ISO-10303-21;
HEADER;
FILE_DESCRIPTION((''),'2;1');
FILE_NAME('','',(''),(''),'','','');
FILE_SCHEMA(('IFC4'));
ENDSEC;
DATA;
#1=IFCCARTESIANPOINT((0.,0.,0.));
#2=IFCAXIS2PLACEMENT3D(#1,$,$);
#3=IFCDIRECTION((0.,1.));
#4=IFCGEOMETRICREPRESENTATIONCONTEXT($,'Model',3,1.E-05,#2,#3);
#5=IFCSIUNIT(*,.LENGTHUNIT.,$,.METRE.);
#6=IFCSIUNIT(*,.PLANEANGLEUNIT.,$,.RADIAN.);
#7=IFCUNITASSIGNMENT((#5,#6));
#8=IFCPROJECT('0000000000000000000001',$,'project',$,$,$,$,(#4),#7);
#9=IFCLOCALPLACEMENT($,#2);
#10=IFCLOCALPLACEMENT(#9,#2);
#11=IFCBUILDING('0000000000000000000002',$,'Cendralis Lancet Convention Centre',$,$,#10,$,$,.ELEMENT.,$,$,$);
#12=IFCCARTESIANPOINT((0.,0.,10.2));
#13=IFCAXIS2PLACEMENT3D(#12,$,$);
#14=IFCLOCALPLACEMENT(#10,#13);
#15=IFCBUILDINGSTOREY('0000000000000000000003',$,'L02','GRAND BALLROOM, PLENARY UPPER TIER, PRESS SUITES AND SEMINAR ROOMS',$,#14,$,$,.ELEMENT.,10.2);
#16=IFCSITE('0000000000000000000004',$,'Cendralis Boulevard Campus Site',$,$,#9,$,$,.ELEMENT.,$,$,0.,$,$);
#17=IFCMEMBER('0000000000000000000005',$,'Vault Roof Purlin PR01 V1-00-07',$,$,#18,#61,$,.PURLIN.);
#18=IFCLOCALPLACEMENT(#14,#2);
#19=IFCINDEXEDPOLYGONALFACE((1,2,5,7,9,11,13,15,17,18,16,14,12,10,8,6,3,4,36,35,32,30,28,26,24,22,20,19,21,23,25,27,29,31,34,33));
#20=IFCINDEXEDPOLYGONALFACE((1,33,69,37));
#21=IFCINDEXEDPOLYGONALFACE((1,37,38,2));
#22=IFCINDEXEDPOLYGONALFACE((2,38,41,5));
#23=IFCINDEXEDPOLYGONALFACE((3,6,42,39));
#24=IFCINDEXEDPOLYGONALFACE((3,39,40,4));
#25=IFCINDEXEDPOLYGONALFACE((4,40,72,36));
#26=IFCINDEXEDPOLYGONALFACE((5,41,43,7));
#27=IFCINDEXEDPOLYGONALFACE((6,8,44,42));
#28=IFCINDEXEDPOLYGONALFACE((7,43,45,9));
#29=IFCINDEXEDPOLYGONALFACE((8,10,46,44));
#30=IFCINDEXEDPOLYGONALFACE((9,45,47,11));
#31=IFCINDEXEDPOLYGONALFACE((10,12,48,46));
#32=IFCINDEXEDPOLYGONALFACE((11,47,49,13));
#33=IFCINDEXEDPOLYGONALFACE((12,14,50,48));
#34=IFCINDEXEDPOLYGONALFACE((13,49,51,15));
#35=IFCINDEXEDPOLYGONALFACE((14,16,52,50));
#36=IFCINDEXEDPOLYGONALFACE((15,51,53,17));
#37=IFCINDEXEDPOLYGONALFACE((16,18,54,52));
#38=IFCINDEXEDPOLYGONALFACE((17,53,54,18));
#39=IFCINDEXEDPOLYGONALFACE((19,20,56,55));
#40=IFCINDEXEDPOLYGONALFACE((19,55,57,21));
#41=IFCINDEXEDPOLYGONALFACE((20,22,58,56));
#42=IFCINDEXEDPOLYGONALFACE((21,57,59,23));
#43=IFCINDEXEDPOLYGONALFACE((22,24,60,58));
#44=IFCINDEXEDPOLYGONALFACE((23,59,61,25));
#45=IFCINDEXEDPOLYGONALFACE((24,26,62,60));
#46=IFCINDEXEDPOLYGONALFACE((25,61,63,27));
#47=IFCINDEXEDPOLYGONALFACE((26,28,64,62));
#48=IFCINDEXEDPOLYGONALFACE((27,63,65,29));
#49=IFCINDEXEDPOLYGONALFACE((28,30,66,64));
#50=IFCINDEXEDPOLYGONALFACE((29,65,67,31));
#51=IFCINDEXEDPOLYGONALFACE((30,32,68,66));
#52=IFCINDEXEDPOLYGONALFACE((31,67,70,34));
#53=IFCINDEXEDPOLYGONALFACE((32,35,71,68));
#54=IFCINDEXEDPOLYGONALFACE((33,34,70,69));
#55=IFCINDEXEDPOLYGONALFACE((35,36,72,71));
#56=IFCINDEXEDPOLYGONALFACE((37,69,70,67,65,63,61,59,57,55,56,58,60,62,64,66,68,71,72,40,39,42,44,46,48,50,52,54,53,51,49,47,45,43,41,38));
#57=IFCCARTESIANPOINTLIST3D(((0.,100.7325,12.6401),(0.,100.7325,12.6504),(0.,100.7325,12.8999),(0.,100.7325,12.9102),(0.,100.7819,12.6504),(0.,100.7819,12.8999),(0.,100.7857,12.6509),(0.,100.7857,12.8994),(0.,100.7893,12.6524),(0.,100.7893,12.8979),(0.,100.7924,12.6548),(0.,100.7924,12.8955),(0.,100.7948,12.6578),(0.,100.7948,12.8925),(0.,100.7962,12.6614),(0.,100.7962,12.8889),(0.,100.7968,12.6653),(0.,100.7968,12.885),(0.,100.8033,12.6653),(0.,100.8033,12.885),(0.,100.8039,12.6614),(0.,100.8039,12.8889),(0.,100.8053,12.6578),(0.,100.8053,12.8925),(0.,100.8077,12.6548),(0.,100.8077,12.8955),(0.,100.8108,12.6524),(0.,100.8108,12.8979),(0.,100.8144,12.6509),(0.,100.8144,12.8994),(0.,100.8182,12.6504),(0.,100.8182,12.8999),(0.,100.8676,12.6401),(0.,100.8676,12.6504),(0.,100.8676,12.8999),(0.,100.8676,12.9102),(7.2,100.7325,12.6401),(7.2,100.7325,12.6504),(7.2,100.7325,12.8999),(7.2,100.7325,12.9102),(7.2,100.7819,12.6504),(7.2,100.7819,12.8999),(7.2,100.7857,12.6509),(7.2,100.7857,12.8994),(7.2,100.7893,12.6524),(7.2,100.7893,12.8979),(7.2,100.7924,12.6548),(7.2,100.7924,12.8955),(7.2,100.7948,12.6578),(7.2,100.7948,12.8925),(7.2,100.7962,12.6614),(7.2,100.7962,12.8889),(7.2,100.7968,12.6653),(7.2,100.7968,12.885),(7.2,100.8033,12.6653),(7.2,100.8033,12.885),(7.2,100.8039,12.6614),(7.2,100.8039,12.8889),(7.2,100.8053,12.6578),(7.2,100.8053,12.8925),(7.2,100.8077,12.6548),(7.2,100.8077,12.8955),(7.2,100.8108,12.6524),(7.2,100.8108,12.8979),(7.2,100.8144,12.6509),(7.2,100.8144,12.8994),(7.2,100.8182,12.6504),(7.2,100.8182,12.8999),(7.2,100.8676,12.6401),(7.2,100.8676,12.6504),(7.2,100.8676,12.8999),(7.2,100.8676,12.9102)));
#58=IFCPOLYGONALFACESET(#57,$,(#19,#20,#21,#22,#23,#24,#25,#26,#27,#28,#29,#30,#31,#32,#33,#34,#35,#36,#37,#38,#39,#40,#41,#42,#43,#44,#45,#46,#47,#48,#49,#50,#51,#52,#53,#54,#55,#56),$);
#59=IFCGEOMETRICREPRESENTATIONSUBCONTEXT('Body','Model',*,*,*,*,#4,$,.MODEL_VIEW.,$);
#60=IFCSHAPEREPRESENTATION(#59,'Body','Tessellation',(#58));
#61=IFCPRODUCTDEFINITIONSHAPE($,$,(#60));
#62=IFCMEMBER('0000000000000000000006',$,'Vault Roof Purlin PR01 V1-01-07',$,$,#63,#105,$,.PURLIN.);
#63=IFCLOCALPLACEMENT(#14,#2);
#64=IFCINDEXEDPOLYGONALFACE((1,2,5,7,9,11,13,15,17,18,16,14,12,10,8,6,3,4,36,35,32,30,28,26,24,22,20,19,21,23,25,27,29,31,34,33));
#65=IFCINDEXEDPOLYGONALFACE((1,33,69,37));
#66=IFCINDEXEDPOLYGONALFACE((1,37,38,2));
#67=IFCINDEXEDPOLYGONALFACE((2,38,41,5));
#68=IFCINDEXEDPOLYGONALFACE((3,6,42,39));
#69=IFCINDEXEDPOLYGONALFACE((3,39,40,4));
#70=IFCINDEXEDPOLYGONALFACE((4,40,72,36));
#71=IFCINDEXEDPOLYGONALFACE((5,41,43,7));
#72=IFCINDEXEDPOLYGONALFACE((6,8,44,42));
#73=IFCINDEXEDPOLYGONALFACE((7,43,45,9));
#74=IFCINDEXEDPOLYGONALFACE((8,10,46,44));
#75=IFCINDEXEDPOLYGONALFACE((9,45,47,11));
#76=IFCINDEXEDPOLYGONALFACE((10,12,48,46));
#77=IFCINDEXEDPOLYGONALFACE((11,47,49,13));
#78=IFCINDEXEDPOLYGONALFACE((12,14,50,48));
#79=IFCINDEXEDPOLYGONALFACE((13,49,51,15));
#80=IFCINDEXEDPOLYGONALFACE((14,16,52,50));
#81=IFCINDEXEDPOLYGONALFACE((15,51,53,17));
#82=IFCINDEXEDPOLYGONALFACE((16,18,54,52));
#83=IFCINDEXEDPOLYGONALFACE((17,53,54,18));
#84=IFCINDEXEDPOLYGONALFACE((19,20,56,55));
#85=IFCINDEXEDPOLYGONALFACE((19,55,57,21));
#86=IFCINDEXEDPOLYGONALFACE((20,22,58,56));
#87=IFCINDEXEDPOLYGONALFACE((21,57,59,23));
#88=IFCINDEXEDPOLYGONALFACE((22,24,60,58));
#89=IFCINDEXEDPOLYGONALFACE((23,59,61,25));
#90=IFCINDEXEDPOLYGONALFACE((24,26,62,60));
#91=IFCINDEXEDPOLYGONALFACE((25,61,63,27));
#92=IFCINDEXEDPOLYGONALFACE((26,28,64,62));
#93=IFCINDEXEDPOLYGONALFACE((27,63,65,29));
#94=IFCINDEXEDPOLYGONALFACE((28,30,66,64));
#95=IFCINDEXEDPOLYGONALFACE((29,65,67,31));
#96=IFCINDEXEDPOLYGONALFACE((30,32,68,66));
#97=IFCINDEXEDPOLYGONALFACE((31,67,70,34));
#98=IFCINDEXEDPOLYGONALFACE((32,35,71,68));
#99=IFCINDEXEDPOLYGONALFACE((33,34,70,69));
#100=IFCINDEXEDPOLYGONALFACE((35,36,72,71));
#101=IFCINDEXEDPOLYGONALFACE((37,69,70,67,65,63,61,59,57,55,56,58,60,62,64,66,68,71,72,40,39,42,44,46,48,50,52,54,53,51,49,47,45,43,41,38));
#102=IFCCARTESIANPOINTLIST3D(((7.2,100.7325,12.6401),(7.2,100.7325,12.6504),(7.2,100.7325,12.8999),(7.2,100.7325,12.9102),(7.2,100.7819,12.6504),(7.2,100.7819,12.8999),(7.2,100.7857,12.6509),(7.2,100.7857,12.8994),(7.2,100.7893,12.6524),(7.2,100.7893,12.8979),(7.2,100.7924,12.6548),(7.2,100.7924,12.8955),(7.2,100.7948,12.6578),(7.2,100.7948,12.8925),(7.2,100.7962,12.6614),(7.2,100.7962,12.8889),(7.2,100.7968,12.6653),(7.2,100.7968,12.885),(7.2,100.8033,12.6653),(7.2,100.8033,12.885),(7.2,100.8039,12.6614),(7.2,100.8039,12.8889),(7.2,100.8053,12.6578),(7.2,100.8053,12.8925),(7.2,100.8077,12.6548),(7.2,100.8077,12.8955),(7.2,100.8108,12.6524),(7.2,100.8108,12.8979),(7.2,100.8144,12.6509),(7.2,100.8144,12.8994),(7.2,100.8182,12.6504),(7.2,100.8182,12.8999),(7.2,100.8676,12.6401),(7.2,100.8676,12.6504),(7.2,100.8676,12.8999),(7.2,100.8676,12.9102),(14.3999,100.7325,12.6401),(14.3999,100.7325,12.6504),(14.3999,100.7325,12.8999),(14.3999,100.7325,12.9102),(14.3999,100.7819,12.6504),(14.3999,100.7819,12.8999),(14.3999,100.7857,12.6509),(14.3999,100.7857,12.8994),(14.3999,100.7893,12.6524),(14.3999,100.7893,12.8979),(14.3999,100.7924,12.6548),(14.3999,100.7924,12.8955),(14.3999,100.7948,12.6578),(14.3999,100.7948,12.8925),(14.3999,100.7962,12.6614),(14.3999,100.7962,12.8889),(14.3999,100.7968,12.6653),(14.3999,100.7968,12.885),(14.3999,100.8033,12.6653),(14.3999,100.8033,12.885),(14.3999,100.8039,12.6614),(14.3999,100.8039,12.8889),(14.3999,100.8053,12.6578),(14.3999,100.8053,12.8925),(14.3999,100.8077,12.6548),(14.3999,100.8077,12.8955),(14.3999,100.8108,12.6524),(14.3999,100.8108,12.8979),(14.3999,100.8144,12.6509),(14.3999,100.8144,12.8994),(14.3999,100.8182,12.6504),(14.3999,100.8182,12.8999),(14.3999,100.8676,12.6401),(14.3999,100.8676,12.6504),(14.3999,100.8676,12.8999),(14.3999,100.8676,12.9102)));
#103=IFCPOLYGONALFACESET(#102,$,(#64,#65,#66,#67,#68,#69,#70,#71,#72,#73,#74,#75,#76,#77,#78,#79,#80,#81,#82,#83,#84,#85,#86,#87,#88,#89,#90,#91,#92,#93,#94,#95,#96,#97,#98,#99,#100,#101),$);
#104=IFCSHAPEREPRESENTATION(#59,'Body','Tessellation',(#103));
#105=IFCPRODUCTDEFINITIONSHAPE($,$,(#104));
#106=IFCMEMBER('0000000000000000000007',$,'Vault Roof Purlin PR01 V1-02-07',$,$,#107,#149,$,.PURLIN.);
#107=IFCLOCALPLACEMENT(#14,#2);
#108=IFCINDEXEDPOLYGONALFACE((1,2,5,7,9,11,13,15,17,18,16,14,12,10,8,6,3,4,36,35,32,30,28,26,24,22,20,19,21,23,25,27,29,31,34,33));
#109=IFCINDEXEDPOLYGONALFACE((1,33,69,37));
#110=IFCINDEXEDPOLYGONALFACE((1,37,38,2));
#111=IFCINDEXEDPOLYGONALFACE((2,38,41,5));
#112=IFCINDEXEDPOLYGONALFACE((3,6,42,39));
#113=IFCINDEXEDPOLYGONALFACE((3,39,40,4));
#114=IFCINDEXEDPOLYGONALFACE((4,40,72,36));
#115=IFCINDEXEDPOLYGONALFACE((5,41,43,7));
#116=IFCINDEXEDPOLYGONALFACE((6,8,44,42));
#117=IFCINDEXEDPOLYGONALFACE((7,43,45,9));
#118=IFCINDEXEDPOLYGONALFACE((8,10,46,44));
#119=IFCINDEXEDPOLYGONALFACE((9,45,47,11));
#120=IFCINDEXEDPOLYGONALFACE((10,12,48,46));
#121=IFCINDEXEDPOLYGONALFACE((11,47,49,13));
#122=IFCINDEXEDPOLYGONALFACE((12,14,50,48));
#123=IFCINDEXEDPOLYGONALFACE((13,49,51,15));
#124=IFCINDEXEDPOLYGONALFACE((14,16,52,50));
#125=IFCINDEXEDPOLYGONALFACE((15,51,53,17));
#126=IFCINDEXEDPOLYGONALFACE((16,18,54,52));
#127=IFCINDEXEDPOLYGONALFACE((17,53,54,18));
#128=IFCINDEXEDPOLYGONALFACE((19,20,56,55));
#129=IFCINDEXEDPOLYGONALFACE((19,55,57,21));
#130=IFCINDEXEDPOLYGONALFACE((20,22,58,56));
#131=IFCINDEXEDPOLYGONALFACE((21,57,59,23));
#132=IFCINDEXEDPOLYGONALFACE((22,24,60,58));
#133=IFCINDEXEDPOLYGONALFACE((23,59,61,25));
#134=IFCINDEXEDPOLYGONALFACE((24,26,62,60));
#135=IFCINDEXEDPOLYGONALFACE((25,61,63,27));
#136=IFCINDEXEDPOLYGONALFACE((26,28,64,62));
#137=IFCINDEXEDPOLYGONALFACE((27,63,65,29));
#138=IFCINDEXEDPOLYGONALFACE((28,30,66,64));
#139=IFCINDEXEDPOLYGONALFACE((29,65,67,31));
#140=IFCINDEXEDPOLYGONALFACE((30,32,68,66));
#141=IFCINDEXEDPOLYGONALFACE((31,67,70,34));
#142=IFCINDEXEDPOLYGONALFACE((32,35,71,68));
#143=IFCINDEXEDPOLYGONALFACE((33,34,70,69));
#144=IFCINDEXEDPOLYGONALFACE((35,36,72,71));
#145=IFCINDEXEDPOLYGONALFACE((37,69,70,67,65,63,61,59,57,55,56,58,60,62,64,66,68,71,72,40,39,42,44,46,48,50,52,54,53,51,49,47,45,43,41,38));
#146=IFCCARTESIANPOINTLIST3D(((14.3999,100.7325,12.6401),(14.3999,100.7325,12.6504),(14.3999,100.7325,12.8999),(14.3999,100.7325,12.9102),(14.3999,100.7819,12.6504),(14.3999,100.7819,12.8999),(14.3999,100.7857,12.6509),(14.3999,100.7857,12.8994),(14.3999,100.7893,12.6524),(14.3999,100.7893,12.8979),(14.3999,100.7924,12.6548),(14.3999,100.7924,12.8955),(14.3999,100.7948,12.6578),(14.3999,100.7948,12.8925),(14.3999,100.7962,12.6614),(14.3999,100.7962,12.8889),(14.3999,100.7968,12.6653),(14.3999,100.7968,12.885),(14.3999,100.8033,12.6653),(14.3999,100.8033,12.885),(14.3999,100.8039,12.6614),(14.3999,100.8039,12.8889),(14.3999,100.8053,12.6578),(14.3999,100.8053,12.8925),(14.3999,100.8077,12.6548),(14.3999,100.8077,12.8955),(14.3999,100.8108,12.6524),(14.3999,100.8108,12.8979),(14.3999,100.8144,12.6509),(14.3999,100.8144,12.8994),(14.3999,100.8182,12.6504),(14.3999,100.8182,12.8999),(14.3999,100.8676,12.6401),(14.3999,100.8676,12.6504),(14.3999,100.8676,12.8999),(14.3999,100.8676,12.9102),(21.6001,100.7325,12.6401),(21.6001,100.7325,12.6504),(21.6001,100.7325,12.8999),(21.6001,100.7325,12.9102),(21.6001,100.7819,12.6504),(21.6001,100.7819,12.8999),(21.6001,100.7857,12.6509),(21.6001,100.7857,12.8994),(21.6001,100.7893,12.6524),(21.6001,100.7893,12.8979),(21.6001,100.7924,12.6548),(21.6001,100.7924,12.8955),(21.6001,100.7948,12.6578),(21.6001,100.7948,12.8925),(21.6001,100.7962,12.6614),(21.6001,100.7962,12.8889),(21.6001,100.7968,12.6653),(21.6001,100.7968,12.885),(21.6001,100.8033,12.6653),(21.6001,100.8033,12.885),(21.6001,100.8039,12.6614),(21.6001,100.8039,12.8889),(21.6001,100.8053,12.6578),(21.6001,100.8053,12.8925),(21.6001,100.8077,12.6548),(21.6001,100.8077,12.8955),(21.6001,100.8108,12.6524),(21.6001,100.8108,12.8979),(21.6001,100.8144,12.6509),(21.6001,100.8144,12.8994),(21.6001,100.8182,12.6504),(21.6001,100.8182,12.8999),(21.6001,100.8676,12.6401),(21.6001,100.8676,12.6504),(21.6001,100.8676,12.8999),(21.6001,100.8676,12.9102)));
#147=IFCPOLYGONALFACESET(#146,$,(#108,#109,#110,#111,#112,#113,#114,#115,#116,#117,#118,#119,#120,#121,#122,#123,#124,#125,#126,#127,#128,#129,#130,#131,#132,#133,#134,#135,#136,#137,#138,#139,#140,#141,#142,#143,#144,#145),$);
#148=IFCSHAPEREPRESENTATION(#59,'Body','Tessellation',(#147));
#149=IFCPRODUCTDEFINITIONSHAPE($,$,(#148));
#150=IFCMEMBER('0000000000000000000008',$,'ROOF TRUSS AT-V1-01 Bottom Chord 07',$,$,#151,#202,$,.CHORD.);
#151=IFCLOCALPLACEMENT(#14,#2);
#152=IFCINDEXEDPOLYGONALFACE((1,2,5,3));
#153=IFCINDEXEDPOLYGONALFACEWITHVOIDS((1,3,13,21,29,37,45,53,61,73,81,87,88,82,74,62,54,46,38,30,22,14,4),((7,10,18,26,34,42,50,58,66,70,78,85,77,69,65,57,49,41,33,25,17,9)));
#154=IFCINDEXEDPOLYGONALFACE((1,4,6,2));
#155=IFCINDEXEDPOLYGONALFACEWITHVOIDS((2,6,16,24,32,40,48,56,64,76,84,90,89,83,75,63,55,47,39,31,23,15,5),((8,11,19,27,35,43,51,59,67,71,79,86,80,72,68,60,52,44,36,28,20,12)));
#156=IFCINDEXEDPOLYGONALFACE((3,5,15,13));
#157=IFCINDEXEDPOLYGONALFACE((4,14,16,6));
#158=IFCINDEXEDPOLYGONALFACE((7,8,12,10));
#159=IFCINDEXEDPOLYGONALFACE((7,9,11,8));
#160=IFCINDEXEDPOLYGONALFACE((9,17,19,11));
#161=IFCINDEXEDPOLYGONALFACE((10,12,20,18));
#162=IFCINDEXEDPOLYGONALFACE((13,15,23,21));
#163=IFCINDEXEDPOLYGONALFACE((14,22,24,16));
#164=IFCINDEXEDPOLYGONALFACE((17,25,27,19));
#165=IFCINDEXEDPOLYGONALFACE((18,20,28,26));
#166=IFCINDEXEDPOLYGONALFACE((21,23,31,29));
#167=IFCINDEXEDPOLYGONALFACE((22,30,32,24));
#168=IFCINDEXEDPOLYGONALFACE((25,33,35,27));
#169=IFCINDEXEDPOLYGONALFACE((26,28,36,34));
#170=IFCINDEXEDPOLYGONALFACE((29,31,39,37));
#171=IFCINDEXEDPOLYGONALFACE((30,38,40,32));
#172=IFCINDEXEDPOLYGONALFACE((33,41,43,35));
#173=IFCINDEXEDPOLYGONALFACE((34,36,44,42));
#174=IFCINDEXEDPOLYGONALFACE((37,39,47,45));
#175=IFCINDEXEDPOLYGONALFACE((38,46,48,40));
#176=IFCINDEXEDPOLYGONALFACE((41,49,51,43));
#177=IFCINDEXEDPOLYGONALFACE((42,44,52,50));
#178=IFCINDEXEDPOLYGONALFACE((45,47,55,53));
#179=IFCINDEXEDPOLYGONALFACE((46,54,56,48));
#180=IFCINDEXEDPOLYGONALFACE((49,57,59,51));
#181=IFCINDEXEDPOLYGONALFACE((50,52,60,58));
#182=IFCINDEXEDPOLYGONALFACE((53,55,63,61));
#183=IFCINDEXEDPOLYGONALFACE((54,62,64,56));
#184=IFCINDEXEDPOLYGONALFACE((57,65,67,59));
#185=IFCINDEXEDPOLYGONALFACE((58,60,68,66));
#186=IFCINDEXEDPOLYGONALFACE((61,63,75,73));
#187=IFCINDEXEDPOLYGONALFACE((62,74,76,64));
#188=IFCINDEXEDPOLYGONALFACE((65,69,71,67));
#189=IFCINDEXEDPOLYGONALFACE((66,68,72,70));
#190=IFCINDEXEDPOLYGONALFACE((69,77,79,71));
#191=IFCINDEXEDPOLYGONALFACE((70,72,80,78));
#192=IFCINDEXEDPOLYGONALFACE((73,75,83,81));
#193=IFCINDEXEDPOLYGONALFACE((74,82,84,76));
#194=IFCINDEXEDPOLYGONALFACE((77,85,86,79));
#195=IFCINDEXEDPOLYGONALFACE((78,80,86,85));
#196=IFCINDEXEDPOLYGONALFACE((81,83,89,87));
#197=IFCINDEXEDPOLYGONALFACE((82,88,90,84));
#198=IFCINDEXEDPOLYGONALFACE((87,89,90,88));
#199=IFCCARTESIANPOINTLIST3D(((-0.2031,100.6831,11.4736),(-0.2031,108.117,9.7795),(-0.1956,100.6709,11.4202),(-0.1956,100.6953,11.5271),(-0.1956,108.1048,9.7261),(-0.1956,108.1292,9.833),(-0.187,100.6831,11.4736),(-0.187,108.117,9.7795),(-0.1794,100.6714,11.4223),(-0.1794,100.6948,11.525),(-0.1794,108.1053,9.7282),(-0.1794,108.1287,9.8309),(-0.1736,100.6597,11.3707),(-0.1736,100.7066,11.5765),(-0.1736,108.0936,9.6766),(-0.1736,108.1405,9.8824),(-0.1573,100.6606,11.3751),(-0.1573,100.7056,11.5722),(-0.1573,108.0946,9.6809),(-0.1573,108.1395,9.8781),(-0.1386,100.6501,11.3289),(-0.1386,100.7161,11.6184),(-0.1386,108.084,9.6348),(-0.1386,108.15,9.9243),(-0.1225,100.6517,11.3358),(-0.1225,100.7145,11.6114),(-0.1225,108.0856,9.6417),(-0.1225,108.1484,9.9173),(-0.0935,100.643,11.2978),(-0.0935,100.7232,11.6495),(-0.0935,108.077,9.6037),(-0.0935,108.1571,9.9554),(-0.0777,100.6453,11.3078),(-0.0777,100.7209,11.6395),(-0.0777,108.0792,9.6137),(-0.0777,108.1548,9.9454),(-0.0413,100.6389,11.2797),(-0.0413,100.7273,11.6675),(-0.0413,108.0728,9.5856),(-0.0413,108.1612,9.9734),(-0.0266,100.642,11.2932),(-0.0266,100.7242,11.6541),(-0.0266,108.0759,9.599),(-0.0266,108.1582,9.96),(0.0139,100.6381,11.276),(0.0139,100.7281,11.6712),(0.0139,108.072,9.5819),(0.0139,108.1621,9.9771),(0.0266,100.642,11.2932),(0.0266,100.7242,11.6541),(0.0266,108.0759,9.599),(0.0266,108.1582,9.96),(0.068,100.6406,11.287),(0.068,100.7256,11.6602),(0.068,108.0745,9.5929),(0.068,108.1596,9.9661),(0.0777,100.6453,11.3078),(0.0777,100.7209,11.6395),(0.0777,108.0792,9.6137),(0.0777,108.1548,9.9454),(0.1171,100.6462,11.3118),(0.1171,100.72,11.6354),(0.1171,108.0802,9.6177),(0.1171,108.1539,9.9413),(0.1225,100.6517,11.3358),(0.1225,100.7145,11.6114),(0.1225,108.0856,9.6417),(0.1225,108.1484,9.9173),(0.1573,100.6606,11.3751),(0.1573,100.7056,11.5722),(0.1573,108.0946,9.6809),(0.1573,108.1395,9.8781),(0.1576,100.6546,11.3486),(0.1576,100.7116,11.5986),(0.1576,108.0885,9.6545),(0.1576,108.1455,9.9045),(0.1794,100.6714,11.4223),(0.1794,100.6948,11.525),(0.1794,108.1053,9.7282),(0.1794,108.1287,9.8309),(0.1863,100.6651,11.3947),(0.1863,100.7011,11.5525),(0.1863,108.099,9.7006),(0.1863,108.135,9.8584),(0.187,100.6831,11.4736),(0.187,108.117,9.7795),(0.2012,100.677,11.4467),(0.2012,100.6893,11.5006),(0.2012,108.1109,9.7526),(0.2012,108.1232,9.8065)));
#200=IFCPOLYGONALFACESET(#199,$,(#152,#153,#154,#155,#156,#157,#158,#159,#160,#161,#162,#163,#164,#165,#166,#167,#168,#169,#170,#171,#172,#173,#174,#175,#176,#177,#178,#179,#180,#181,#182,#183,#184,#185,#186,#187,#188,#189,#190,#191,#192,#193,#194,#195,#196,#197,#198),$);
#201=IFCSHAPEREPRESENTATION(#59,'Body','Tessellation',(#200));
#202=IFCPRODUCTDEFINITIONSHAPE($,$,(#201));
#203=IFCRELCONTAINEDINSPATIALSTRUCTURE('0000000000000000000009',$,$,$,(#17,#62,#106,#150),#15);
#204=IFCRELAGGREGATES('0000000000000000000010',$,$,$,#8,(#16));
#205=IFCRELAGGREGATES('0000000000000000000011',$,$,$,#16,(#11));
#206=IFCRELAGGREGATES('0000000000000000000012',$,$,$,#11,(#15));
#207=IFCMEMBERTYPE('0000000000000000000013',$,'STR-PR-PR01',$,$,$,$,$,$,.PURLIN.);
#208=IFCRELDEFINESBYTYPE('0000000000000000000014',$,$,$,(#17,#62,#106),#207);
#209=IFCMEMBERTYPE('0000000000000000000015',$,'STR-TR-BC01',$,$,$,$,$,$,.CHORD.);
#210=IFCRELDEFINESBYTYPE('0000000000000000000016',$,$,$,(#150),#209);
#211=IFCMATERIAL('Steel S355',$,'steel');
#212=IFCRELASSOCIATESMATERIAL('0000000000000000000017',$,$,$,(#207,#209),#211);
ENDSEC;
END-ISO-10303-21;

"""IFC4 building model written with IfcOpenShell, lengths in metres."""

from ifc_helpers import new_model, si_unit, direction, frame, origin, origin_2d, place, context, subcontext, project, spatial, hollow_circle, i_section, extrude, material, material_profile, profile_set, type_object, element, save


model = new_model("IFC4")

# Units and contexts
model_context = context("Model", 3, precision=1e-05, world=origin(), true_north=direction((0.0, 1.0)))
body_context = subcontext(model_context, "Body", "Model", "MODEL_VIEW")
ifc_project = project(units=[si_unit("LENGTHUNIT", "METRE"), si_unit("PLANEANGLEUNIT", "RADIAN")], contexts=[model_context])

# Site, building, storey
site_placement = place(None, origin())
site = spatial("IfcSite", under=ifc_project, at=site_placement, Name="Cendralis Boulevard Campus Site", CompositionType="ELEMENT", RefElevation=0.0)
building_placement = place(site_placement, origin())
building = spatial("IfcBuilding", under=site, at=building_placement, Name="Cendralis Lancet Convention Centre", CompositionType="ELEMENT")
storey_placement = place(building_placement, frame((0.0, 0.0, 10.2)))
storey = spatial("IfcBuildingStorey", under=building, at=storey_placement, Name="L02", Description="GRAND BALLROOM, PLENARY UPPER TIER, PRESS SUITES AND SEMINAR ROOMS", CompositionType="ELEMENT", Elevation=10.2)

# Members
ifc_material = material(Name="Steel S355", Category="steel")
ifc_material_profile_1 = material_profile(ifc_material, i_section(OverallWidth=0.135, OverallDepth=0.27, WebThickness=0.0066, FlangeThickness=0.0103, FilletRadius=0.0149, at=origin_2d()), Name="IPE 270")
ifc_profile_set_1 = profile_set([ifc_material_profile_1], Name="Steel S355")
member_type_1 = type_object("IfcMemberType", Name="STR-PR-PR01", PredefinedType="PURLIN", material=ifc_profile_set_1)
for number, where, z_axis, x_axis, name in (
    (1, (0.0, 100.8, 12.7751), (1.0, 0.0, 0.0), (0.0, 1.0, 0.0), "Vault Roof Purlin PR01 V1-00-07"),
    (2, (7.2, 100.8, 12.7751), (1.0, 0.0, 0.0), (0.0, 1.0, 0.0), "Vault Roof Purlin PR01 V1-01-07"),
):
    element("IfcMember", number, at=place(storey_placement, frame(where, z_axis=z_axis, x_axis=x_axis)), inside=storey, type_object=member_type_1, Name=name, PredefinedType="PURLIN", context=body_context, shape_type="SweptSolid", body=[
        extrude(i_section(OverallWidth=0.135, OverallDepth=0.27, WebThickness=0.0066, FlangeThickness=0.0103, FilletRadius=0.0149, at=origin_2d()), origin(), (0.0, 0.0, 1.0), 7.2),
    ])
member_1_placement = place(storey_placement, frame((14.3999, 100.8, 12.7751), z_axis=(1.0, 0.0, 0.0), x_axis=(0.0, 1.0, 0.0)))
element("IfcMember", 3, at=member_1_placement, inside=storey, type_object=member_type_1, Name="Vault Roof Purlin PR01 V1-02-07", PredefinedType="PURLIN", context=body_context, shape_type="SweptSolid", body=[
    extrude(i_section(OverallWidth=0.135, OverallDepth=0.27, WebThickness=0.0066, FlangeThickness=0.0103, FilletRadius=0.0149, at=origin_2d()), origin(), (0.0, 0.0, 1.0), 7.2002),
])
ifc_material_profile_2 = material_profile(ifc_material, hollow_circle(Radius=0.2031, WallThickness=0.0161, at=origin_2d()), Name="CHS 406.4x16.0")
ifc_profile_set_2 = profile_set([ifc_material_profile_2], Name="Steel S355")
member_type_2 = type_object("IfcMemberType", Name="STR-TR-BC01", PredefinedType="CHORD", material=ifc_profile_set_2)
member_2_placement = place(storey_placement, frame((0.0, 100.6831, 11.4736), z_axis=(0.0, 0.975003, -0.222193), x_axis=(-1.0, 0.0, 0.0)))
element("IfcMember", 4, at=member_2_placement, inside=storey, type_object=member_type_2, Name="ROOF TRUSS AT-V1-01 Bottom Chord 07", PredefinedType="CHORD", context=body_context, shape_type="SweptSolid", body=[
    extrude(hollow_circle(Radius=0.2031, WallThickness=0.0161, at=origin_2d()), origin(), (0.0, 0.0, 1.0), 7.6245),
])

save(model, "model.ifc")
